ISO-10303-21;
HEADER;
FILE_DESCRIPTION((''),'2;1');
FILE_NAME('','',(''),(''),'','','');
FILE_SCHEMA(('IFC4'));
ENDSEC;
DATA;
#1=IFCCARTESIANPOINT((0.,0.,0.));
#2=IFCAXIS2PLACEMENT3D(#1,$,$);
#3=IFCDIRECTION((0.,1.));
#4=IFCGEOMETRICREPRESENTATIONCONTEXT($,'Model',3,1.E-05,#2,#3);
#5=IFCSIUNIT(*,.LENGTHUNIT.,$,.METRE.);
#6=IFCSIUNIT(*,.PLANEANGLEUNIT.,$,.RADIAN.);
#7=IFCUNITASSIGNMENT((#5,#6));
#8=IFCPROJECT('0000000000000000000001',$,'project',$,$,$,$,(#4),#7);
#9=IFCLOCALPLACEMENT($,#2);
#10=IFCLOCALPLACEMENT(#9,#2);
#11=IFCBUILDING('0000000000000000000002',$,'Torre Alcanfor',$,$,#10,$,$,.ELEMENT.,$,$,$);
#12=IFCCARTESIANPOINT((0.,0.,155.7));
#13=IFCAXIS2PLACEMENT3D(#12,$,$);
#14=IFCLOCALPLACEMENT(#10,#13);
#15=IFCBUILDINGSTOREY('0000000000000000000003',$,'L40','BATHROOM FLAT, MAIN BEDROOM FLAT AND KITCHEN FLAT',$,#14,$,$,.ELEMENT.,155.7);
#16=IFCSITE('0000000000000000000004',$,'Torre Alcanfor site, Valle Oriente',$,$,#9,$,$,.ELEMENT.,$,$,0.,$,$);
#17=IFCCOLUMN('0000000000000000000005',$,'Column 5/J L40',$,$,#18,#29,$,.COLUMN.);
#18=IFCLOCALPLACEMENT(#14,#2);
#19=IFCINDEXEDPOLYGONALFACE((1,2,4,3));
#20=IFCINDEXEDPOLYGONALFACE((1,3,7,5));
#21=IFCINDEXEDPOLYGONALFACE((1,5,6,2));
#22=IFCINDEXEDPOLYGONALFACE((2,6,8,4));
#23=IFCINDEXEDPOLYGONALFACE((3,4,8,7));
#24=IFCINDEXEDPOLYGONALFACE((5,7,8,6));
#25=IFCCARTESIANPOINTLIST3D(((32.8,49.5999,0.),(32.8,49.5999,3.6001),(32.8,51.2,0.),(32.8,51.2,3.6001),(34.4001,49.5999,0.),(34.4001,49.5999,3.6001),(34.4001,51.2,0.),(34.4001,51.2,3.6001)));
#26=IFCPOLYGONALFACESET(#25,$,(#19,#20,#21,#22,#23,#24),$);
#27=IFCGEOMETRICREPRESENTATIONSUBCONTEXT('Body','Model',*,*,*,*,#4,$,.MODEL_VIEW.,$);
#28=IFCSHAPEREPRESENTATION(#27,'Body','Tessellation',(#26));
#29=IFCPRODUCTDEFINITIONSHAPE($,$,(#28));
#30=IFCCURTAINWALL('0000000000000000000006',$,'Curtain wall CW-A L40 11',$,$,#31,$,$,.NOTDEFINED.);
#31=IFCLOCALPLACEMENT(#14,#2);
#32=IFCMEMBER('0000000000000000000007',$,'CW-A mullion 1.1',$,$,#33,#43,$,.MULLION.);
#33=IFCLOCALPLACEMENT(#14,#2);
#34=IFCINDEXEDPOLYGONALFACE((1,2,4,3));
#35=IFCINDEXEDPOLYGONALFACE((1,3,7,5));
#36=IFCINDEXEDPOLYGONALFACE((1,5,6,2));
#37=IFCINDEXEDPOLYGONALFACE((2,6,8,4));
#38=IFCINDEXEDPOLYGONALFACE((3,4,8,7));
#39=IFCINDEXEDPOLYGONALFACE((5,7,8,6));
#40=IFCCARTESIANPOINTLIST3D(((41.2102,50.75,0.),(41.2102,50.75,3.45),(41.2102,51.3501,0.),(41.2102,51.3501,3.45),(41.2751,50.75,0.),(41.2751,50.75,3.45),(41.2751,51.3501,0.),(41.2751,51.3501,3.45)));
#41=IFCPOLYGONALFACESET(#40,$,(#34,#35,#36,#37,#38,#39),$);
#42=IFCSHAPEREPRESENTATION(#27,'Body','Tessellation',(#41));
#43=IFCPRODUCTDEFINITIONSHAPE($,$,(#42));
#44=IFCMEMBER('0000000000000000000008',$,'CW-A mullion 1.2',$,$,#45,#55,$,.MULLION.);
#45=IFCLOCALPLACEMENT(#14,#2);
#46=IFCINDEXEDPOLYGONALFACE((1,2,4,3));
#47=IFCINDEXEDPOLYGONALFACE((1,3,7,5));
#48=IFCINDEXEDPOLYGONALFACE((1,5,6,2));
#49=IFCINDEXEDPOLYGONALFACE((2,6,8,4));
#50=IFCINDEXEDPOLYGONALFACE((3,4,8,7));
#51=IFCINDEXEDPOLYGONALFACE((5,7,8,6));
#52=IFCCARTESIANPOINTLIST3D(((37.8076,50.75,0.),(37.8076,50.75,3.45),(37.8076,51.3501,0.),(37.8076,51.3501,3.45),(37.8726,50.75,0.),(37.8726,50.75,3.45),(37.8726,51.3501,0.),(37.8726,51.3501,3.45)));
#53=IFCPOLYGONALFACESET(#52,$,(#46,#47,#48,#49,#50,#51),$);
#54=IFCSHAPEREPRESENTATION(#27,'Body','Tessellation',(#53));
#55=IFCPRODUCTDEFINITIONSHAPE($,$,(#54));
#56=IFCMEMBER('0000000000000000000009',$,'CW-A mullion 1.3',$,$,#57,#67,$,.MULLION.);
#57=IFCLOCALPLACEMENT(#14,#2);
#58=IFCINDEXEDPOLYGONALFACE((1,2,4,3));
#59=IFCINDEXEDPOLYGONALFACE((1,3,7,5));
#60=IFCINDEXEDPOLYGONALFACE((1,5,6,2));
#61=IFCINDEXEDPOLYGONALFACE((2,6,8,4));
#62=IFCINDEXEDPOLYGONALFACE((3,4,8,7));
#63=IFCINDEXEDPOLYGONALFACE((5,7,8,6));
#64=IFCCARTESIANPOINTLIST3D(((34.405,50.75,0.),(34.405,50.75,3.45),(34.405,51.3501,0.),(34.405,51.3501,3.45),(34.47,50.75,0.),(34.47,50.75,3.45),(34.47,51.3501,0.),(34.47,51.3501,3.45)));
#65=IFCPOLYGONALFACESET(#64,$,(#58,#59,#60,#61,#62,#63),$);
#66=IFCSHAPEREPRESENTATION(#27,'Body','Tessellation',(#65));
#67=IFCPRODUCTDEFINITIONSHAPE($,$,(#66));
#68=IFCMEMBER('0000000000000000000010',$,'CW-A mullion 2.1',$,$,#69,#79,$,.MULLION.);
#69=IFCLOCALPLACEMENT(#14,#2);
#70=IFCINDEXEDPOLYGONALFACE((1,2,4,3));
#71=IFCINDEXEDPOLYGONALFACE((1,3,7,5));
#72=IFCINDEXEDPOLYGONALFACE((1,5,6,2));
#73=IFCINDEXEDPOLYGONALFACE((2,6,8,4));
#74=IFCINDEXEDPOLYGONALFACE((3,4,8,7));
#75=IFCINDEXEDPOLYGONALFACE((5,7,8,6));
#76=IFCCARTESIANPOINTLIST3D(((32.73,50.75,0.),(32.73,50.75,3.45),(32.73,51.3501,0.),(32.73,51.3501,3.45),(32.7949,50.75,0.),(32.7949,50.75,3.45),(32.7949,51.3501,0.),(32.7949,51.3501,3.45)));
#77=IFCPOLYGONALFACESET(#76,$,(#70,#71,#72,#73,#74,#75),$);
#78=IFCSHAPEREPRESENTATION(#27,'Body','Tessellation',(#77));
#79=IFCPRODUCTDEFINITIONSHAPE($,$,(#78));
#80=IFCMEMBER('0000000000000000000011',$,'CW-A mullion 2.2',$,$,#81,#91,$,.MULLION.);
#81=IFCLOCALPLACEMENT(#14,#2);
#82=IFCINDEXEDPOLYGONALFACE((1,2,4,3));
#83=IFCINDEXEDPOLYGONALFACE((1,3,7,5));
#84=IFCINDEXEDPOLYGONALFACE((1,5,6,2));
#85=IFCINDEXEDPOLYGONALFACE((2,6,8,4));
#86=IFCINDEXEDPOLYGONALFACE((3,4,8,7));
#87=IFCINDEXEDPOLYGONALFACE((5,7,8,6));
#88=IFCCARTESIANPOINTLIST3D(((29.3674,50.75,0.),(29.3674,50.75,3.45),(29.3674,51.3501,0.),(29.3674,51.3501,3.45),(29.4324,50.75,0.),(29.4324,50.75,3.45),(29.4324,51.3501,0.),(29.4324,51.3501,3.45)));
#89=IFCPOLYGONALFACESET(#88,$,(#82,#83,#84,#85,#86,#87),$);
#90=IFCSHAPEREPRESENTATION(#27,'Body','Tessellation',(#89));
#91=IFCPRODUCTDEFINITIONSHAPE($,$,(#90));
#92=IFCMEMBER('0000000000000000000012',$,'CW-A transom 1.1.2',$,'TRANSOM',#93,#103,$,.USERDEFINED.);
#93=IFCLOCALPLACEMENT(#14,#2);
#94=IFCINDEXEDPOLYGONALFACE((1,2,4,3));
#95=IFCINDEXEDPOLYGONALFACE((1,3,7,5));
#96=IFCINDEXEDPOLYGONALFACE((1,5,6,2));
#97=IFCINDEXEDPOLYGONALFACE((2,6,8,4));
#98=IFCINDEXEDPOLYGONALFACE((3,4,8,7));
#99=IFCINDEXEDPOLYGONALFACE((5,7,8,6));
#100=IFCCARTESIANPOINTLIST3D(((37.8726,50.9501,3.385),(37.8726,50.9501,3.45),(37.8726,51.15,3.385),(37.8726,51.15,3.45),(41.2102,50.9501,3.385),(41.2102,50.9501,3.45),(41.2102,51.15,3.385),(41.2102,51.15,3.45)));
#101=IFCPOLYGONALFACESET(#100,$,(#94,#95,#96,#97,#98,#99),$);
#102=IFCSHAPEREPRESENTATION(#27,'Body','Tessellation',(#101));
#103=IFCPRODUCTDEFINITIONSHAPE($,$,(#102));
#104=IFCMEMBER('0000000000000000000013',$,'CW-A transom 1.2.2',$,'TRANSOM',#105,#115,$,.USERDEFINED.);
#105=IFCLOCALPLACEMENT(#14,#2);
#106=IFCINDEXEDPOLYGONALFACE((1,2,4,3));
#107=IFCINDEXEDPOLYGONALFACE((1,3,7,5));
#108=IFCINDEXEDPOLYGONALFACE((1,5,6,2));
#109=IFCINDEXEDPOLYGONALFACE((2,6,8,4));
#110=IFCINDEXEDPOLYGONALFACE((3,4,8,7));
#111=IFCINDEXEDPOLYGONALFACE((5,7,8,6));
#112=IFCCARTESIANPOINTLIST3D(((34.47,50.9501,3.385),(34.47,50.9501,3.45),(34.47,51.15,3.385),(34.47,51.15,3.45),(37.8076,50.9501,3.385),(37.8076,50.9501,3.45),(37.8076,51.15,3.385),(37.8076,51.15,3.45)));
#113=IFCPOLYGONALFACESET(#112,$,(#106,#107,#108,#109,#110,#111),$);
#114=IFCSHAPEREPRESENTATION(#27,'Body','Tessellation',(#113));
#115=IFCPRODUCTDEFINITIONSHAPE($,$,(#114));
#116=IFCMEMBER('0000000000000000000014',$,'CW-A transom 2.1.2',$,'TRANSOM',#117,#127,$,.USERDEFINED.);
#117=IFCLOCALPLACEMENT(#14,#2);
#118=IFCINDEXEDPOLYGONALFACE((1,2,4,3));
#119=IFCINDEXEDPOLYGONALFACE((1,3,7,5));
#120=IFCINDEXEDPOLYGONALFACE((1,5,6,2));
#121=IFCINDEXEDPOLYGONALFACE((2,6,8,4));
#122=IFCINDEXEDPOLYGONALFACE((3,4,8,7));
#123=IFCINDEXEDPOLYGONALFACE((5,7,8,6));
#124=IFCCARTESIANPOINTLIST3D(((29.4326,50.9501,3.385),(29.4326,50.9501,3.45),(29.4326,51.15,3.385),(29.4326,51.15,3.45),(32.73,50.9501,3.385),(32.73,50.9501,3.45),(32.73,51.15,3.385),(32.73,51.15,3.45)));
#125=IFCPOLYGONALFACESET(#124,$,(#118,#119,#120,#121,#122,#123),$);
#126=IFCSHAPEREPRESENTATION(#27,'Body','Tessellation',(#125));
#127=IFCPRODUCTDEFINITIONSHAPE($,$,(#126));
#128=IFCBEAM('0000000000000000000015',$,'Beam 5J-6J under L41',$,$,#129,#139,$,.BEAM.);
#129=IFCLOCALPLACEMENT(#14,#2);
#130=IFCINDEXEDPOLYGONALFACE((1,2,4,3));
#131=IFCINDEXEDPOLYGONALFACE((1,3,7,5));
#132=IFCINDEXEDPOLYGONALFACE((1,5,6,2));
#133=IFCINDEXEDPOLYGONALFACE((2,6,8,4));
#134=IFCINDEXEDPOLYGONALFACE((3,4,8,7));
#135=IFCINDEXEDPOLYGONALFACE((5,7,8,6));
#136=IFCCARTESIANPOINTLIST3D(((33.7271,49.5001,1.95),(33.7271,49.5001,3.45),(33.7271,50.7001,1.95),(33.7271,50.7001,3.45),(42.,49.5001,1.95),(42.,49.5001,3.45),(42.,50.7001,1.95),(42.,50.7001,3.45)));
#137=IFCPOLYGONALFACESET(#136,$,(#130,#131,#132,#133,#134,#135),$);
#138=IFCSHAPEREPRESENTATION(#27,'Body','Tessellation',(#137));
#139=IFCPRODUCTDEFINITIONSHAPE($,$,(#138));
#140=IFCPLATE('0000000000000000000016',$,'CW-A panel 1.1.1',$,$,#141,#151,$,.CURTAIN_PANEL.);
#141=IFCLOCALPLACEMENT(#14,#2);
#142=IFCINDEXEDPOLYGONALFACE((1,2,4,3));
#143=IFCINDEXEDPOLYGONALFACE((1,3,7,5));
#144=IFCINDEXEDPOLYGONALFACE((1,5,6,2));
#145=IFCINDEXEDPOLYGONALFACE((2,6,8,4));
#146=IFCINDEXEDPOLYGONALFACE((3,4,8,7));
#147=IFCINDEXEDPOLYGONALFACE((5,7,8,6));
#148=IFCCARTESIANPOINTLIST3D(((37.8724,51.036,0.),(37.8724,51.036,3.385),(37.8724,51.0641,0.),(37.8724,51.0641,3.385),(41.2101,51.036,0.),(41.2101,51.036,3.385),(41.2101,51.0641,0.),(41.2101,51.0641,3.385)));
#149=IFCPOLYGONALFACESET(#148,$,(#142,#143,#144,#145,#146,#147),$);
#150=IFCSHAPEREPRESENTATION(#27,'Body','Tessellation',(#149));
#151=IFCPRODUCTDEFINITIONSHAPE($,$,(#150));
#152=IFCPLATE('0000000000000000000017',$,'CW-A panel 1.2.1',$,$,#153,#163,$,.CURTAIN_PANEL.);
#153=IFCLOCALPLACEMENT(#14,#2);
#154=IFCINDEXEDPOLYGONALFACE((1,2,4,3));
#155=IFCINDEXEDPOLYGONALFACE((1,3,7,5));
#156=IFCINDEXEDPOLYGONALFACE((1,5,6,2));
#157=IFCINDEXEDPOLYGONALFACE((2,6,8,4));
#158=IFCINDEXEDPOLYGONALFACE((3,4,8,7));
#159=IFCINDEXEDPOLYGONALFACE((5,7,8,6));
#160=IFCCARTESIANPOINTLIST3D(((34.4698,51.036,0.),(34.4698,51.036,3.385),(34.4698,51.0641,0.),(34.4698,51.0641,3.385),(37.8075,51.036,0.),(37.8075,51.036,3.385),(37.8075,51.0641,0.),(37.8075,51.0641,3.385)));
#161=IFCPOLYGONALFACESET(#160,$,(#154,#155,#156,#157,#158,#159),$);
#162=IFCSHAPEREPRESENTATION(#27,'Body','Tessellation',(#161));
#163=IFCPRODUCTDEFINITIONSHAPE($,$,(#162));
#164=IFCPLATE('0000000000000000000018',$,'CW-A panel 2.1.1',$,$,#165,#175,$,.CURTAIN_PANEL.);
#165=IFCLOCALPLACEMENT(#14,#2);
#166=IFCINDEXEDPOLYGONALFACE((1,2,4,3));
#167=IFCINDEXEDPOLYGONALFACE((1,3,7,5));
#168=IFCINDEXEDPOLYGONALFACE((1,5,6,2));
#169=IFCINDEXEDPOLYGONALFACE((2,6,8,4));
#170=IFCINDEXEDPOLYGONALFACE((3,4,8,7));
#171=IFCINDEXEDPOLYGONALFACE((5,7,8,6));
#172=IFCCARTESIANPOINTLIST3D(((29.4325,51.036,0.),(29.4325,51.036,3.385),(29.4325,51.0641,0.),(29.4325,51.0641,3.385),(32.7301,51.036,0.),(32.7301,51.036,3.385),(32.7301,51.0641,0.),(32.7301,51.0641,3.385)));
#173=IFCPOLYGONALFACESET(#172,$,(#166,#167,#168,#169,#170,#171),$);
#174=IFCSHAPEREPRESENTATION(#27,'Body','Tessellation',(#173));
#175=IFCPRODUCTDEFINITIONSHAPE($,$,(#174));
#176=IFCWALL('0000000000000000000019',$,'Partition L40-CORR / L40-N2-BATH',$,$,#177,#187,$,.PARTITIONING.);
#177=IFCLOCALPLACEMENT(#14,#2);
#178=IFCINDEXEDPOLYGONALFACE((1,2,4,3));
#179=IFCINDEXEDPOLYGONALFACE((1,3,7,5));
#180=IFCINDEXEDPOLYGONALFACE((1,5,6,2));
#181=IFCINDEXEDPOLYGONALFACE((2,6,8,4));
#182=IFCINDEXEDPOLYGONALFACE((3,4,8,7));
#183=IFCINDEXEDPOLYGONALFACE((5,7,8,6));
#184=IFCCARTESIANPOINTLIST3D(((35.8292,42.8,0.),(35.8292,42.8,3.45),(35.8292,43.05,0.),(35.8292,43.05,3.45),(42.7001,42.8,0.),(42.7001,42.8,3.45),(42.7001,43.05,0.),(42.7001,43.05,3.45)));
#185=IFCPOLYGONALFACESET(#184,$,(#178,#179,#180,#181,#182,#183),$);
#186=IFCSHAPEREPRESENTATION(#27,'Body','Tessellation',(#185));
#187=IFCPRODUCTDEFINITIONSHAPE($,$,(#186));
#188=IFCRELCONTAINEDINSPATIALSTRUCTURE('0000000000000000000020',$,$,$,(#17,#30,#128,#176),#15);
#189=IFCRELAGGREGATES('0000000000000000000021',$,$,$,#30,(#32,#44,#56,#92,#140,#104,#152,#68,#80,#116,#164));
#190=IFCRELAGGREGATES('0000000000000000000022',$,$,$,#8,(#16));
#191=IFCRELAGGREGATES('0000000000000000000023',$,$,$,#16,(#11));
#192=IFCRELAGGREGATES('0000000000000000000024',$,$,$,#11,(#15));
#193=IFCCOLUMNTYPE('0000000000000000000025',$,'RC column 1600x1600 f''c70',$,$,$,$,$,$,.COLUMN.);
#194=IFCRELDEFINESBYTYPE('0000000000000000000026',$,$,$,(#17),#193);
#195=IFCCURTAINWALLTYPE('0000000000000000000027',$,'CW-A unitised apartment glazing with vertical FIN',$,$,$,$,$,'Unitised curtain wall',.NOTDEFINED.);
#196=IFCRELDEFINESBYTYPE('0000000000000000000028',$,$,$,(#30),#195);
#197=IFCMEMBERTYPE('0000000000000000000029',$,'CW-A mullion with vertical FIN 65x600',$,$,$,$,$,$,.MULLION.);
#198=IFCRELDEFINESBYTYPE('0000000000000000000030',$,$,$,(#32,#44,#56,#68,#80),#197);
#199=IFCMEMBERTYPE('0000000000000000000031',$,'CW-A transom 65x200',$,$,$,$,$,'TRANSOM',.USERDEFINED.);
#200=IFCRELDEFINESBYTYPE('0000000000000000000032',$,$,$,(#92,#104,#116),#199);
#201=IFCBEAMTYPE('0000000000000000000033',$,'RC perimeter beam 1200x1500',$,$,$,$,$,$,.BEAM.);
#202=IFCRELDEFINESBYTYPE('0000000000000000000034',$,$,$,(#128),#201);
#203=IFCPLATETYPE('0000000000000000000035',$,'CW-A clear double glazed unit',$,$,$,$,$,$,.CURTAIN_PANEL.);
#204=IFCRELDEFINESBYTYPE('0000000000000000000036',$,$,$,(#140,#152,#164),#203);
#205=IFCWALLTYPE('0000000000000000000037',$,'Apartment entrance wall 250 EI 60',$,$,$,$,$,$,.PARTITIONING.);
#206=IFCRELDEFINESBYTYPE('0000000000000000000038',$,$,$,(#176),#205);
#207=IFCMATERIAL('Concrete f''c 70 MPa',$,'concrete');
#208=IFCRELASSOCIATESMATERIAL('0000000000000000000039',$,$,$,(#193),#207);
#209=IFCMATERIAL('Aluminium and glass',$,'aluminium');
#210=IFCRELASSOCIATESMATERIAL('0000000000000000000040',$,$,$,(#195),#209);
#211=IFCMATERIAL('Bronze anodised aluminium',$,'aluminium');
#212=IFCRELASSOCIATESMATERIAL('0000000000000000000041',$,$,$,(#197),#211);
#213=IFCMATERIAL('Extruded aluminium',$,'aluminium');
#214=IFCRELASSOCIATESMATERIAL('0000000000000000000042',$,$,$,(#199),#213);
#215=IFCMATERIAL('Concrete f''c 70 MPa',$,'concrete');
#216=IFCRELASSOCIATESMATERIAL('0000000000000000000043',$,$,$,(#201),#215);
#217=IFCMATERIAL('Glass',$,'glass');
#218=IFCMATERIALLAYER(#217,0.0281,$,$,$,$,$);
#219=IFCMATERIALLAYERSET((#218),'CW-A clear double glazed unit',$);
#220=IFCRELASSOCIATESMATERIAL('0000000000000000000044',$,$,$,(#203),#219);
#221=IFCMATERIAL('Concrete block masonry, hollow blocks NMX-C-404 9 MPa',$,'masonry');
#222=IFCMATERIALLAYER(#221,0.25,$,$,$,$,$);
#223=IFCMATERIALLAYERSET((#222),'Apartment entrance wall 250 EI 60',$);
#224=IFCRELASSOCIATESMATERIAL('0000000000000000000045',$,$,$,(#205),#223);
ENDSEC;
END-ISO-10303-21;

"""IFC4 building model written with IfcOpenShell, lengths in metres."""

from ifc_helpers import new_model, si_unit, direction, frame, frame_2d, origin, origin_2d, place, context, subcontext, project, spatial, rectangle, extrude, material, layer, layer_set, material_profile, profile_set, type_object, element, aggregate, save


model = new_model("IFC4")

# Units and contexts
model_context = context("Model", 3, precision=1e-05, world=origin(), true_north=direction((0.0, 1.0)))
body_context = subcontext(model_context, "Body", "Model", "MODEL_VIEW")
ifc_project = project(units=[si_unit("LENGTHUNIT", "METRE"), si_unit("PLANEANGLEUNIT", "RADIAN")], contexts=[model_context])

# Site, building, storey
site_placement = place(None, origin())
site = spatial("IfcSite", under=ifc_project, at=site_placement, Name="Torre Alcanfor site, Valle Oriente", CompositionType="ELEMENT", RefElevation=0.0)
building_placement = place(site_placement, origin())
building = spatial("IfcBuilding", under=site, at=building_placement, Name="Torre Alcanfor", CompositionType="ELEMENT")
storey_placement = place(building_placement, frame((0.0, 0.0, 155.7)))
storey = spatial("IfcBuildingStorey", under=building, at=storey_placement, Name="L40", Description="BATHROOM FLAT, MAIN BEDROOM FLAT AND KITCHEN FLAT", CompositionType="ELEMENT", Elevation=155.7)

# Column
ifc_material_1 = material(Name="Concrete f'c 70 MPa", Category="concrete")
ifc_material_profile_1 = material_profile(ifc_material_1, rectangle(XDim=1.6001, YDim=1.6001, at=origin_2d()), Name="1600x1600")
ifc_profile_set_1 = profile_set([ifc_material_profile_1], Name="Concrete f'c 70 MPa")
column_type = type_object("IfcColumnType", Name="RC column 1600x1600 f'c70", PredefinedType="COLUMN", material=ifc_profile_set_1)
column_placement = place(storey_placement, frame((33.6001, 50.3999, 0.0), z_axis=(0.0, 0.0, 1.0), x_axis=(1.0, 0.0, 0.0)))
element("IfcColumn", 1, at=column_placement, inside=storey, type_object=column_type, Name="Column 5/J L40", PredefinedType="COLUMN", context=body_context, shape_type="SweptSolid", body=[
    extrude(rectangle(XDim=1.6001, YDim=1.6001, at=origin_2d()), origin(), (0.0, 0.0, 1.0), 3.6001),
])

# Curtain wall, members
ifc_material_2 = material(Name="Aluminium and glass", Category="aluminium")
curtain_wall_type = type_object("IfcCurtainWallType", Name="CW-A unitised apartment glazing with vertical FIN", ElementType="Unitised curtain wall", PredefinedType="NOTDEFINED", material=ifc_material_2)
curtain_wall_placement = place(storey_placement, origin())
curtain_wall = element("IfcCurtainWall", 2, at=curtain_wall_placement, inside=storey, type_object=curtain_wall_type, Name="Curtain wall CW-A L40 11", PredefinedType="NOTDEFINED")
ifc_material_3 = material(Name="Bronze anodised aluminium", Category="aluminium")
ifc_material_profile_2 = material_profile(ifc_material_3, rectangle(XDim=0.6001, YDim=0.0649, at=origin_2d()), Name="CW-A mullion 65x600")
ifc_profile_set_2 = profile_set([ifc_material_profile_2], Name="Bronze anodised aluminium")
member_type_1 = type_object("IfcMemberType", Name="CW-A mullion with vertical FIN 65x600", PredefinedType="MULLION", material=ifc_profile_set_2)
member_1_placement = place(storey_placement, frame((41.2427, 51.05, 0.0), z_axis=(0.0, 0.0, 1.0), x_axis=(0.0, -1.0, 0.0)))
member_1 = element("IfcMember", 3, at=member_1_placement, type_object=member_type_1, Name="CW-A mullion 1.1", PredefinedType="MULLION", context=body_context, shape_type="SweptSolid", body=[
    extrude(rectangle(XDim=0.6001, YDim=0.0649, at=origin_2d()), origin(), (0.0, 0.0, 1.0), 3.45),
])
member_2_placement = place(storey_placement, frame((37.8401, 51.05, 0.0), z_axis=(0.0, 0.0, 1.0), x_axis=(0.0, -1.0, 0.0)))
member_2 = element("IfcMember", 4, at=member_2_placement, type_object=member_type_1, Name="CW-A mullion 1.2", PredefinedType="MULLION", context=body_context, shape_type="SweptSolid", body=[
    extrude(rectangle(XDim=0.6001, YDim=0.0649, at=origin_2d()), origin(), (0.0, 0.0, 1.0), 3.45),
])
member_3_placement = place(storey_placement, frame((34.4375, 51.05, 0.0), z_axis=(0.0, 0.0, 1.0), x_axis=(0.0, -1.0, 0.0)))
member_3 = element("IfcMember", 5, at=member_3_placement, type_object=member_type_1, Name="CW-A mullion 1.3", PredefinedType="MULLION", context=body_context, shape_type="SweptSolid", body=[
    extrude(rectangle(XDim=0.6001, YDim=0.0649, at=origin_2d()), origin(), (0.0, 0.0, 1.0), 3.45),
])
member_4_placement = place(storey_placement, frame((32.7625, 51.05, 0.0), z_axis=(0.0, 0.0, 1.0), x_axis=(0.0, -1.0, 0.0)))
member_4 = element("IfcMember", 6, at=member_4_placement, type_object=member_type_1, Name="CW-A mullion 2.1", PredefinedType="MULLION", context=body_context, shape_type="SweptSolid", body=[
    extrude(rectangle(XDim=0.6001, YDim=0.0649, at=origin_2d()), origin(), (0.0, 0.0, 1.0), 3.45),
])
member_5_placement = place(storey_placement, frame((29.3999, 51.05, 0.0), z_axis=(0.0, 0.0, 1.0), x_axis=(0.0, -1.0, 0.0)))
member_5 = element("IfcMember", 7, at=member_5_placement, type_object=member_type_1, Name="CW-A mullion 2.2", PredefinedType="MULLION", context=body_context, shape_type="SweptSolid", body=[
    extrude(rectangle(XDim=0.6001, YDim=0.0649, at=origin_2d()), origin(), (0.0, 0.0, 1.0), 3.45),
])
ifc_material_4 = material(Name="Extruded aluminium", Category="aluminium")
ifc_material_profile_3 = material_profile(ifc_material_4, rectangle(XDim=0.2, YDim=0.0649, at=origin_2d()), Name="CW-A transom 200x65")
ifc_profile_set_3 = profile_set([ifc_material_profile_3], Name="Extruded aluminium")
member_type_2 = type_object("IfcMemberType", Name="CW-A transom 65x200", ElementType="TRANSOM", PredefinedType="USERDEFINED", material=ifc_profile_set_3)
member_6_placement = place(storey_placement, frame((41.2102, 51.05, 3.4175), z_axis=(-1.0, 0.0, 0.0), x_axis=(0.0, -1.0, 0.0)))
member_6 = element("IfcMember", 8, at=member_6_placement, type_object=member_type_2, Name="CW-A transom 1.1.2", ObjectType="TRANSOM", PredefinedType="USERDEFINED", context=body_context, shape_type="SweptSolid", body=[
    extrude(rectangle(XDim=0.2, YDim=0.0649, at=origin_2d()), origin(), (0.0, 0.0, 1.0), 3.3376),
])
member_7_placement = place(storey_placement, frame((37.8076, 51.05, 3.4175), z_axis=(-1.0, 0.0, 0.0), x_axis=(0.0, -1.0, 0.0)))
member_7 = element("IfcMember", 9, at=member_7_placement, type_object=member_type_2, Name="CW-A transom 1.2.2", ObjectType="TRANSOM", PredefinedType="USERDEFINED", context=body_context, shape_type="SweptSolid", body=[
    extrude(rectangle(XDim=0.2, YDim=0.0649, at=origin_2d()), origin(), (0.0, 0.0, 1.0), 3.3376),
])
member_8_placement = place(storey_placement, frame((32.73, 51.05, 3.4175), z_axis=(-1.0, 0.0, 0.0), x_axis=(0.0, -1.0, 0.0)))
member_8 = element("IfcMember", 10, at=member_8_placement, type_object=member_type_2, Name="CW-A transom 2.1.2", ObjectType="TRANSOM", PredefinedType="USERDEFINED", context=body_context, shape_type="SweptSolid", body=[
    extrude(rectangle(XDim=0.2, YDim=0.0649, at=origin_2d()), origin(), (0.0, 0.0, 1.0), 3.2974),
])

# Beam
ifc_material_5 = material(Name="Concrete f'c 70 MPa", Category="concrete")
ifc_material_profile_4 = material_profile(ifc_material_5, rectangle(XDim=1.2, YDim=1.5, at=origin_2d()), Name="1200x1500")
ifc_profile_set_4 = profile_set([ifc_material_profile_4], Name="Concrete f'c 70 MPa")
beam_type = type_object("IfcBeamType", Name="RC perimeter beam 1200x1500", PredefinedType="BEAM", material=ifc_profile_set_4)
beam_placement = place(storey_placement, frame((33.7271, 50.1001, 2.7), z_axis=(1.0, 0.0, 0.0), x_axis=(0.0, 1.0, 0.0)))
element("IfcBeam", 11, at=beam_placement, inside=storey, type_object=beam_type, Name="Beam 5J-6J under L41", PredefinedType="BEAM", context=body_context, shape_type="SweptSolid", body=[
    extrude(rectangle(XDim=1.2, YDim=1.5, at=origin_2d()), origin(), (0.0, 0.0, 1.0), 8.2729),
])

# Plates
ifc_material_6 = material(Name="Glass", Category="glass")
ifc_layer_1 = layer(ifc_material_6, 0.0281)
ifc_layer_set_1 = layer_set([ifc_layer_1], Name="CW-A clear double glazed unit")
plate_type = type_object("IfcPlateType", Name="CW-A clear double glazed unit", PredefinedType="CURTAIN_PANEL", material=ifc_layer_set_1)
plate_1_placement = place(storey_placement, frame((39.5413, 51.05, 0.0), z_axis=(0.0, 0.0, 1.0), x_axis=(-1.0, 0.0, 0.0)))
plate_1 = element("IfcPlate", 12, at=plate_1_placement, type_object=plate_type, Name="CW-A panel 1.1.1", PredefinedType="CURTAIN_PANEL", context=body_context, shape_type="SweptSolid", body=[
    extrude(rectangle(XDim=3.3376, YDim=0.0281, at=origin_2d()), origin(), (0.0, 0.0, 1.0), 3.385),
])
plate_2_placement = place(storey_placement, frame((36.1387, 51.05, 0.0), z_axis=(0.0, 0.0, 1.0), x_axis=(-1.0, 0.0, 0.0)))
plate_2 = element("IfcPlate", 13, at=plate_2_placement, type_object=plate_type, Name="CW-A panel 1.2.1", PredefinedType="CURTAIN_PANEL", context=body_context, shape_type="SweptSolid", body=[
    extrude(rectangle(XDim=3.3376, YDim=0.0281, at=origin_2d()), origin(), (0.0, 0.0, 1.0), 3.385),
])
plate_3_placement = place(storey_placement, frame((31.0813, 51.05, 0.0), z_axis=(0.0, 0.0, 1.0), x_axis=(-1.0, 0.0, 0.0)))
plate_3 = element("IfcPlate", 14, at=plate_3_placement, type_object=plate_type, Name="CW-A panel 2.1.1", PredefinedType="CURTAIN_PANEL", context=body_context, shape_type="SweptSolid", body=[
    extrude(rectangle(XDim=3.2976, YDim=0.0281, at=origin_2d()), origin(), (0.0, 0.0, 1.0), 3.385),
])
aggregate(curtain_wall, [member_1, member_2, member_3, member_6, plate_1, member_7, plate_2, member_4, member_5, member_8, plate_3])

# Wall
ifc_material_7 = material(Name="Concrete block masonry, hollow blocks NMX-C-404 9 MPa", Category="masonry")
ifc_layer_2 = layer(ifc_material_7, 0.25)
ifc_layer_set_2 = layer_set([ifc_layer_2], Name="Apartment entrance wall 250 EI 60")
wall_type_1 = type_object("IfcWallType", Name="Apartment entrance wall 250 EI 60", PredefinedType="PARTITIONING", material=ifc_layer_set_2)
wall_1_placement = place(storey_placement, frame((35.8291, 42.925, 0.0), z_axis=(0.0, 0.0, 1.0), x_axis=(1.0, 0.0, 0.0)))
element("IfcWall", 15, at=wall_1_placement, inside=storey, type_object=wall_type_1, Name="Partition L40-CORR / L40-N2-BATH", PredefinedType="PARTITIONING", context=body_context, shape_type="SweptSolid", body=[
    extrude(rectangle(XDim=6.8708, YDim=0.25, at=frame_2d((3.4355, 0.0))), origin(), (0.0, 0.0, 1.0), 3.45),
])

save(model, "model.ifc")
